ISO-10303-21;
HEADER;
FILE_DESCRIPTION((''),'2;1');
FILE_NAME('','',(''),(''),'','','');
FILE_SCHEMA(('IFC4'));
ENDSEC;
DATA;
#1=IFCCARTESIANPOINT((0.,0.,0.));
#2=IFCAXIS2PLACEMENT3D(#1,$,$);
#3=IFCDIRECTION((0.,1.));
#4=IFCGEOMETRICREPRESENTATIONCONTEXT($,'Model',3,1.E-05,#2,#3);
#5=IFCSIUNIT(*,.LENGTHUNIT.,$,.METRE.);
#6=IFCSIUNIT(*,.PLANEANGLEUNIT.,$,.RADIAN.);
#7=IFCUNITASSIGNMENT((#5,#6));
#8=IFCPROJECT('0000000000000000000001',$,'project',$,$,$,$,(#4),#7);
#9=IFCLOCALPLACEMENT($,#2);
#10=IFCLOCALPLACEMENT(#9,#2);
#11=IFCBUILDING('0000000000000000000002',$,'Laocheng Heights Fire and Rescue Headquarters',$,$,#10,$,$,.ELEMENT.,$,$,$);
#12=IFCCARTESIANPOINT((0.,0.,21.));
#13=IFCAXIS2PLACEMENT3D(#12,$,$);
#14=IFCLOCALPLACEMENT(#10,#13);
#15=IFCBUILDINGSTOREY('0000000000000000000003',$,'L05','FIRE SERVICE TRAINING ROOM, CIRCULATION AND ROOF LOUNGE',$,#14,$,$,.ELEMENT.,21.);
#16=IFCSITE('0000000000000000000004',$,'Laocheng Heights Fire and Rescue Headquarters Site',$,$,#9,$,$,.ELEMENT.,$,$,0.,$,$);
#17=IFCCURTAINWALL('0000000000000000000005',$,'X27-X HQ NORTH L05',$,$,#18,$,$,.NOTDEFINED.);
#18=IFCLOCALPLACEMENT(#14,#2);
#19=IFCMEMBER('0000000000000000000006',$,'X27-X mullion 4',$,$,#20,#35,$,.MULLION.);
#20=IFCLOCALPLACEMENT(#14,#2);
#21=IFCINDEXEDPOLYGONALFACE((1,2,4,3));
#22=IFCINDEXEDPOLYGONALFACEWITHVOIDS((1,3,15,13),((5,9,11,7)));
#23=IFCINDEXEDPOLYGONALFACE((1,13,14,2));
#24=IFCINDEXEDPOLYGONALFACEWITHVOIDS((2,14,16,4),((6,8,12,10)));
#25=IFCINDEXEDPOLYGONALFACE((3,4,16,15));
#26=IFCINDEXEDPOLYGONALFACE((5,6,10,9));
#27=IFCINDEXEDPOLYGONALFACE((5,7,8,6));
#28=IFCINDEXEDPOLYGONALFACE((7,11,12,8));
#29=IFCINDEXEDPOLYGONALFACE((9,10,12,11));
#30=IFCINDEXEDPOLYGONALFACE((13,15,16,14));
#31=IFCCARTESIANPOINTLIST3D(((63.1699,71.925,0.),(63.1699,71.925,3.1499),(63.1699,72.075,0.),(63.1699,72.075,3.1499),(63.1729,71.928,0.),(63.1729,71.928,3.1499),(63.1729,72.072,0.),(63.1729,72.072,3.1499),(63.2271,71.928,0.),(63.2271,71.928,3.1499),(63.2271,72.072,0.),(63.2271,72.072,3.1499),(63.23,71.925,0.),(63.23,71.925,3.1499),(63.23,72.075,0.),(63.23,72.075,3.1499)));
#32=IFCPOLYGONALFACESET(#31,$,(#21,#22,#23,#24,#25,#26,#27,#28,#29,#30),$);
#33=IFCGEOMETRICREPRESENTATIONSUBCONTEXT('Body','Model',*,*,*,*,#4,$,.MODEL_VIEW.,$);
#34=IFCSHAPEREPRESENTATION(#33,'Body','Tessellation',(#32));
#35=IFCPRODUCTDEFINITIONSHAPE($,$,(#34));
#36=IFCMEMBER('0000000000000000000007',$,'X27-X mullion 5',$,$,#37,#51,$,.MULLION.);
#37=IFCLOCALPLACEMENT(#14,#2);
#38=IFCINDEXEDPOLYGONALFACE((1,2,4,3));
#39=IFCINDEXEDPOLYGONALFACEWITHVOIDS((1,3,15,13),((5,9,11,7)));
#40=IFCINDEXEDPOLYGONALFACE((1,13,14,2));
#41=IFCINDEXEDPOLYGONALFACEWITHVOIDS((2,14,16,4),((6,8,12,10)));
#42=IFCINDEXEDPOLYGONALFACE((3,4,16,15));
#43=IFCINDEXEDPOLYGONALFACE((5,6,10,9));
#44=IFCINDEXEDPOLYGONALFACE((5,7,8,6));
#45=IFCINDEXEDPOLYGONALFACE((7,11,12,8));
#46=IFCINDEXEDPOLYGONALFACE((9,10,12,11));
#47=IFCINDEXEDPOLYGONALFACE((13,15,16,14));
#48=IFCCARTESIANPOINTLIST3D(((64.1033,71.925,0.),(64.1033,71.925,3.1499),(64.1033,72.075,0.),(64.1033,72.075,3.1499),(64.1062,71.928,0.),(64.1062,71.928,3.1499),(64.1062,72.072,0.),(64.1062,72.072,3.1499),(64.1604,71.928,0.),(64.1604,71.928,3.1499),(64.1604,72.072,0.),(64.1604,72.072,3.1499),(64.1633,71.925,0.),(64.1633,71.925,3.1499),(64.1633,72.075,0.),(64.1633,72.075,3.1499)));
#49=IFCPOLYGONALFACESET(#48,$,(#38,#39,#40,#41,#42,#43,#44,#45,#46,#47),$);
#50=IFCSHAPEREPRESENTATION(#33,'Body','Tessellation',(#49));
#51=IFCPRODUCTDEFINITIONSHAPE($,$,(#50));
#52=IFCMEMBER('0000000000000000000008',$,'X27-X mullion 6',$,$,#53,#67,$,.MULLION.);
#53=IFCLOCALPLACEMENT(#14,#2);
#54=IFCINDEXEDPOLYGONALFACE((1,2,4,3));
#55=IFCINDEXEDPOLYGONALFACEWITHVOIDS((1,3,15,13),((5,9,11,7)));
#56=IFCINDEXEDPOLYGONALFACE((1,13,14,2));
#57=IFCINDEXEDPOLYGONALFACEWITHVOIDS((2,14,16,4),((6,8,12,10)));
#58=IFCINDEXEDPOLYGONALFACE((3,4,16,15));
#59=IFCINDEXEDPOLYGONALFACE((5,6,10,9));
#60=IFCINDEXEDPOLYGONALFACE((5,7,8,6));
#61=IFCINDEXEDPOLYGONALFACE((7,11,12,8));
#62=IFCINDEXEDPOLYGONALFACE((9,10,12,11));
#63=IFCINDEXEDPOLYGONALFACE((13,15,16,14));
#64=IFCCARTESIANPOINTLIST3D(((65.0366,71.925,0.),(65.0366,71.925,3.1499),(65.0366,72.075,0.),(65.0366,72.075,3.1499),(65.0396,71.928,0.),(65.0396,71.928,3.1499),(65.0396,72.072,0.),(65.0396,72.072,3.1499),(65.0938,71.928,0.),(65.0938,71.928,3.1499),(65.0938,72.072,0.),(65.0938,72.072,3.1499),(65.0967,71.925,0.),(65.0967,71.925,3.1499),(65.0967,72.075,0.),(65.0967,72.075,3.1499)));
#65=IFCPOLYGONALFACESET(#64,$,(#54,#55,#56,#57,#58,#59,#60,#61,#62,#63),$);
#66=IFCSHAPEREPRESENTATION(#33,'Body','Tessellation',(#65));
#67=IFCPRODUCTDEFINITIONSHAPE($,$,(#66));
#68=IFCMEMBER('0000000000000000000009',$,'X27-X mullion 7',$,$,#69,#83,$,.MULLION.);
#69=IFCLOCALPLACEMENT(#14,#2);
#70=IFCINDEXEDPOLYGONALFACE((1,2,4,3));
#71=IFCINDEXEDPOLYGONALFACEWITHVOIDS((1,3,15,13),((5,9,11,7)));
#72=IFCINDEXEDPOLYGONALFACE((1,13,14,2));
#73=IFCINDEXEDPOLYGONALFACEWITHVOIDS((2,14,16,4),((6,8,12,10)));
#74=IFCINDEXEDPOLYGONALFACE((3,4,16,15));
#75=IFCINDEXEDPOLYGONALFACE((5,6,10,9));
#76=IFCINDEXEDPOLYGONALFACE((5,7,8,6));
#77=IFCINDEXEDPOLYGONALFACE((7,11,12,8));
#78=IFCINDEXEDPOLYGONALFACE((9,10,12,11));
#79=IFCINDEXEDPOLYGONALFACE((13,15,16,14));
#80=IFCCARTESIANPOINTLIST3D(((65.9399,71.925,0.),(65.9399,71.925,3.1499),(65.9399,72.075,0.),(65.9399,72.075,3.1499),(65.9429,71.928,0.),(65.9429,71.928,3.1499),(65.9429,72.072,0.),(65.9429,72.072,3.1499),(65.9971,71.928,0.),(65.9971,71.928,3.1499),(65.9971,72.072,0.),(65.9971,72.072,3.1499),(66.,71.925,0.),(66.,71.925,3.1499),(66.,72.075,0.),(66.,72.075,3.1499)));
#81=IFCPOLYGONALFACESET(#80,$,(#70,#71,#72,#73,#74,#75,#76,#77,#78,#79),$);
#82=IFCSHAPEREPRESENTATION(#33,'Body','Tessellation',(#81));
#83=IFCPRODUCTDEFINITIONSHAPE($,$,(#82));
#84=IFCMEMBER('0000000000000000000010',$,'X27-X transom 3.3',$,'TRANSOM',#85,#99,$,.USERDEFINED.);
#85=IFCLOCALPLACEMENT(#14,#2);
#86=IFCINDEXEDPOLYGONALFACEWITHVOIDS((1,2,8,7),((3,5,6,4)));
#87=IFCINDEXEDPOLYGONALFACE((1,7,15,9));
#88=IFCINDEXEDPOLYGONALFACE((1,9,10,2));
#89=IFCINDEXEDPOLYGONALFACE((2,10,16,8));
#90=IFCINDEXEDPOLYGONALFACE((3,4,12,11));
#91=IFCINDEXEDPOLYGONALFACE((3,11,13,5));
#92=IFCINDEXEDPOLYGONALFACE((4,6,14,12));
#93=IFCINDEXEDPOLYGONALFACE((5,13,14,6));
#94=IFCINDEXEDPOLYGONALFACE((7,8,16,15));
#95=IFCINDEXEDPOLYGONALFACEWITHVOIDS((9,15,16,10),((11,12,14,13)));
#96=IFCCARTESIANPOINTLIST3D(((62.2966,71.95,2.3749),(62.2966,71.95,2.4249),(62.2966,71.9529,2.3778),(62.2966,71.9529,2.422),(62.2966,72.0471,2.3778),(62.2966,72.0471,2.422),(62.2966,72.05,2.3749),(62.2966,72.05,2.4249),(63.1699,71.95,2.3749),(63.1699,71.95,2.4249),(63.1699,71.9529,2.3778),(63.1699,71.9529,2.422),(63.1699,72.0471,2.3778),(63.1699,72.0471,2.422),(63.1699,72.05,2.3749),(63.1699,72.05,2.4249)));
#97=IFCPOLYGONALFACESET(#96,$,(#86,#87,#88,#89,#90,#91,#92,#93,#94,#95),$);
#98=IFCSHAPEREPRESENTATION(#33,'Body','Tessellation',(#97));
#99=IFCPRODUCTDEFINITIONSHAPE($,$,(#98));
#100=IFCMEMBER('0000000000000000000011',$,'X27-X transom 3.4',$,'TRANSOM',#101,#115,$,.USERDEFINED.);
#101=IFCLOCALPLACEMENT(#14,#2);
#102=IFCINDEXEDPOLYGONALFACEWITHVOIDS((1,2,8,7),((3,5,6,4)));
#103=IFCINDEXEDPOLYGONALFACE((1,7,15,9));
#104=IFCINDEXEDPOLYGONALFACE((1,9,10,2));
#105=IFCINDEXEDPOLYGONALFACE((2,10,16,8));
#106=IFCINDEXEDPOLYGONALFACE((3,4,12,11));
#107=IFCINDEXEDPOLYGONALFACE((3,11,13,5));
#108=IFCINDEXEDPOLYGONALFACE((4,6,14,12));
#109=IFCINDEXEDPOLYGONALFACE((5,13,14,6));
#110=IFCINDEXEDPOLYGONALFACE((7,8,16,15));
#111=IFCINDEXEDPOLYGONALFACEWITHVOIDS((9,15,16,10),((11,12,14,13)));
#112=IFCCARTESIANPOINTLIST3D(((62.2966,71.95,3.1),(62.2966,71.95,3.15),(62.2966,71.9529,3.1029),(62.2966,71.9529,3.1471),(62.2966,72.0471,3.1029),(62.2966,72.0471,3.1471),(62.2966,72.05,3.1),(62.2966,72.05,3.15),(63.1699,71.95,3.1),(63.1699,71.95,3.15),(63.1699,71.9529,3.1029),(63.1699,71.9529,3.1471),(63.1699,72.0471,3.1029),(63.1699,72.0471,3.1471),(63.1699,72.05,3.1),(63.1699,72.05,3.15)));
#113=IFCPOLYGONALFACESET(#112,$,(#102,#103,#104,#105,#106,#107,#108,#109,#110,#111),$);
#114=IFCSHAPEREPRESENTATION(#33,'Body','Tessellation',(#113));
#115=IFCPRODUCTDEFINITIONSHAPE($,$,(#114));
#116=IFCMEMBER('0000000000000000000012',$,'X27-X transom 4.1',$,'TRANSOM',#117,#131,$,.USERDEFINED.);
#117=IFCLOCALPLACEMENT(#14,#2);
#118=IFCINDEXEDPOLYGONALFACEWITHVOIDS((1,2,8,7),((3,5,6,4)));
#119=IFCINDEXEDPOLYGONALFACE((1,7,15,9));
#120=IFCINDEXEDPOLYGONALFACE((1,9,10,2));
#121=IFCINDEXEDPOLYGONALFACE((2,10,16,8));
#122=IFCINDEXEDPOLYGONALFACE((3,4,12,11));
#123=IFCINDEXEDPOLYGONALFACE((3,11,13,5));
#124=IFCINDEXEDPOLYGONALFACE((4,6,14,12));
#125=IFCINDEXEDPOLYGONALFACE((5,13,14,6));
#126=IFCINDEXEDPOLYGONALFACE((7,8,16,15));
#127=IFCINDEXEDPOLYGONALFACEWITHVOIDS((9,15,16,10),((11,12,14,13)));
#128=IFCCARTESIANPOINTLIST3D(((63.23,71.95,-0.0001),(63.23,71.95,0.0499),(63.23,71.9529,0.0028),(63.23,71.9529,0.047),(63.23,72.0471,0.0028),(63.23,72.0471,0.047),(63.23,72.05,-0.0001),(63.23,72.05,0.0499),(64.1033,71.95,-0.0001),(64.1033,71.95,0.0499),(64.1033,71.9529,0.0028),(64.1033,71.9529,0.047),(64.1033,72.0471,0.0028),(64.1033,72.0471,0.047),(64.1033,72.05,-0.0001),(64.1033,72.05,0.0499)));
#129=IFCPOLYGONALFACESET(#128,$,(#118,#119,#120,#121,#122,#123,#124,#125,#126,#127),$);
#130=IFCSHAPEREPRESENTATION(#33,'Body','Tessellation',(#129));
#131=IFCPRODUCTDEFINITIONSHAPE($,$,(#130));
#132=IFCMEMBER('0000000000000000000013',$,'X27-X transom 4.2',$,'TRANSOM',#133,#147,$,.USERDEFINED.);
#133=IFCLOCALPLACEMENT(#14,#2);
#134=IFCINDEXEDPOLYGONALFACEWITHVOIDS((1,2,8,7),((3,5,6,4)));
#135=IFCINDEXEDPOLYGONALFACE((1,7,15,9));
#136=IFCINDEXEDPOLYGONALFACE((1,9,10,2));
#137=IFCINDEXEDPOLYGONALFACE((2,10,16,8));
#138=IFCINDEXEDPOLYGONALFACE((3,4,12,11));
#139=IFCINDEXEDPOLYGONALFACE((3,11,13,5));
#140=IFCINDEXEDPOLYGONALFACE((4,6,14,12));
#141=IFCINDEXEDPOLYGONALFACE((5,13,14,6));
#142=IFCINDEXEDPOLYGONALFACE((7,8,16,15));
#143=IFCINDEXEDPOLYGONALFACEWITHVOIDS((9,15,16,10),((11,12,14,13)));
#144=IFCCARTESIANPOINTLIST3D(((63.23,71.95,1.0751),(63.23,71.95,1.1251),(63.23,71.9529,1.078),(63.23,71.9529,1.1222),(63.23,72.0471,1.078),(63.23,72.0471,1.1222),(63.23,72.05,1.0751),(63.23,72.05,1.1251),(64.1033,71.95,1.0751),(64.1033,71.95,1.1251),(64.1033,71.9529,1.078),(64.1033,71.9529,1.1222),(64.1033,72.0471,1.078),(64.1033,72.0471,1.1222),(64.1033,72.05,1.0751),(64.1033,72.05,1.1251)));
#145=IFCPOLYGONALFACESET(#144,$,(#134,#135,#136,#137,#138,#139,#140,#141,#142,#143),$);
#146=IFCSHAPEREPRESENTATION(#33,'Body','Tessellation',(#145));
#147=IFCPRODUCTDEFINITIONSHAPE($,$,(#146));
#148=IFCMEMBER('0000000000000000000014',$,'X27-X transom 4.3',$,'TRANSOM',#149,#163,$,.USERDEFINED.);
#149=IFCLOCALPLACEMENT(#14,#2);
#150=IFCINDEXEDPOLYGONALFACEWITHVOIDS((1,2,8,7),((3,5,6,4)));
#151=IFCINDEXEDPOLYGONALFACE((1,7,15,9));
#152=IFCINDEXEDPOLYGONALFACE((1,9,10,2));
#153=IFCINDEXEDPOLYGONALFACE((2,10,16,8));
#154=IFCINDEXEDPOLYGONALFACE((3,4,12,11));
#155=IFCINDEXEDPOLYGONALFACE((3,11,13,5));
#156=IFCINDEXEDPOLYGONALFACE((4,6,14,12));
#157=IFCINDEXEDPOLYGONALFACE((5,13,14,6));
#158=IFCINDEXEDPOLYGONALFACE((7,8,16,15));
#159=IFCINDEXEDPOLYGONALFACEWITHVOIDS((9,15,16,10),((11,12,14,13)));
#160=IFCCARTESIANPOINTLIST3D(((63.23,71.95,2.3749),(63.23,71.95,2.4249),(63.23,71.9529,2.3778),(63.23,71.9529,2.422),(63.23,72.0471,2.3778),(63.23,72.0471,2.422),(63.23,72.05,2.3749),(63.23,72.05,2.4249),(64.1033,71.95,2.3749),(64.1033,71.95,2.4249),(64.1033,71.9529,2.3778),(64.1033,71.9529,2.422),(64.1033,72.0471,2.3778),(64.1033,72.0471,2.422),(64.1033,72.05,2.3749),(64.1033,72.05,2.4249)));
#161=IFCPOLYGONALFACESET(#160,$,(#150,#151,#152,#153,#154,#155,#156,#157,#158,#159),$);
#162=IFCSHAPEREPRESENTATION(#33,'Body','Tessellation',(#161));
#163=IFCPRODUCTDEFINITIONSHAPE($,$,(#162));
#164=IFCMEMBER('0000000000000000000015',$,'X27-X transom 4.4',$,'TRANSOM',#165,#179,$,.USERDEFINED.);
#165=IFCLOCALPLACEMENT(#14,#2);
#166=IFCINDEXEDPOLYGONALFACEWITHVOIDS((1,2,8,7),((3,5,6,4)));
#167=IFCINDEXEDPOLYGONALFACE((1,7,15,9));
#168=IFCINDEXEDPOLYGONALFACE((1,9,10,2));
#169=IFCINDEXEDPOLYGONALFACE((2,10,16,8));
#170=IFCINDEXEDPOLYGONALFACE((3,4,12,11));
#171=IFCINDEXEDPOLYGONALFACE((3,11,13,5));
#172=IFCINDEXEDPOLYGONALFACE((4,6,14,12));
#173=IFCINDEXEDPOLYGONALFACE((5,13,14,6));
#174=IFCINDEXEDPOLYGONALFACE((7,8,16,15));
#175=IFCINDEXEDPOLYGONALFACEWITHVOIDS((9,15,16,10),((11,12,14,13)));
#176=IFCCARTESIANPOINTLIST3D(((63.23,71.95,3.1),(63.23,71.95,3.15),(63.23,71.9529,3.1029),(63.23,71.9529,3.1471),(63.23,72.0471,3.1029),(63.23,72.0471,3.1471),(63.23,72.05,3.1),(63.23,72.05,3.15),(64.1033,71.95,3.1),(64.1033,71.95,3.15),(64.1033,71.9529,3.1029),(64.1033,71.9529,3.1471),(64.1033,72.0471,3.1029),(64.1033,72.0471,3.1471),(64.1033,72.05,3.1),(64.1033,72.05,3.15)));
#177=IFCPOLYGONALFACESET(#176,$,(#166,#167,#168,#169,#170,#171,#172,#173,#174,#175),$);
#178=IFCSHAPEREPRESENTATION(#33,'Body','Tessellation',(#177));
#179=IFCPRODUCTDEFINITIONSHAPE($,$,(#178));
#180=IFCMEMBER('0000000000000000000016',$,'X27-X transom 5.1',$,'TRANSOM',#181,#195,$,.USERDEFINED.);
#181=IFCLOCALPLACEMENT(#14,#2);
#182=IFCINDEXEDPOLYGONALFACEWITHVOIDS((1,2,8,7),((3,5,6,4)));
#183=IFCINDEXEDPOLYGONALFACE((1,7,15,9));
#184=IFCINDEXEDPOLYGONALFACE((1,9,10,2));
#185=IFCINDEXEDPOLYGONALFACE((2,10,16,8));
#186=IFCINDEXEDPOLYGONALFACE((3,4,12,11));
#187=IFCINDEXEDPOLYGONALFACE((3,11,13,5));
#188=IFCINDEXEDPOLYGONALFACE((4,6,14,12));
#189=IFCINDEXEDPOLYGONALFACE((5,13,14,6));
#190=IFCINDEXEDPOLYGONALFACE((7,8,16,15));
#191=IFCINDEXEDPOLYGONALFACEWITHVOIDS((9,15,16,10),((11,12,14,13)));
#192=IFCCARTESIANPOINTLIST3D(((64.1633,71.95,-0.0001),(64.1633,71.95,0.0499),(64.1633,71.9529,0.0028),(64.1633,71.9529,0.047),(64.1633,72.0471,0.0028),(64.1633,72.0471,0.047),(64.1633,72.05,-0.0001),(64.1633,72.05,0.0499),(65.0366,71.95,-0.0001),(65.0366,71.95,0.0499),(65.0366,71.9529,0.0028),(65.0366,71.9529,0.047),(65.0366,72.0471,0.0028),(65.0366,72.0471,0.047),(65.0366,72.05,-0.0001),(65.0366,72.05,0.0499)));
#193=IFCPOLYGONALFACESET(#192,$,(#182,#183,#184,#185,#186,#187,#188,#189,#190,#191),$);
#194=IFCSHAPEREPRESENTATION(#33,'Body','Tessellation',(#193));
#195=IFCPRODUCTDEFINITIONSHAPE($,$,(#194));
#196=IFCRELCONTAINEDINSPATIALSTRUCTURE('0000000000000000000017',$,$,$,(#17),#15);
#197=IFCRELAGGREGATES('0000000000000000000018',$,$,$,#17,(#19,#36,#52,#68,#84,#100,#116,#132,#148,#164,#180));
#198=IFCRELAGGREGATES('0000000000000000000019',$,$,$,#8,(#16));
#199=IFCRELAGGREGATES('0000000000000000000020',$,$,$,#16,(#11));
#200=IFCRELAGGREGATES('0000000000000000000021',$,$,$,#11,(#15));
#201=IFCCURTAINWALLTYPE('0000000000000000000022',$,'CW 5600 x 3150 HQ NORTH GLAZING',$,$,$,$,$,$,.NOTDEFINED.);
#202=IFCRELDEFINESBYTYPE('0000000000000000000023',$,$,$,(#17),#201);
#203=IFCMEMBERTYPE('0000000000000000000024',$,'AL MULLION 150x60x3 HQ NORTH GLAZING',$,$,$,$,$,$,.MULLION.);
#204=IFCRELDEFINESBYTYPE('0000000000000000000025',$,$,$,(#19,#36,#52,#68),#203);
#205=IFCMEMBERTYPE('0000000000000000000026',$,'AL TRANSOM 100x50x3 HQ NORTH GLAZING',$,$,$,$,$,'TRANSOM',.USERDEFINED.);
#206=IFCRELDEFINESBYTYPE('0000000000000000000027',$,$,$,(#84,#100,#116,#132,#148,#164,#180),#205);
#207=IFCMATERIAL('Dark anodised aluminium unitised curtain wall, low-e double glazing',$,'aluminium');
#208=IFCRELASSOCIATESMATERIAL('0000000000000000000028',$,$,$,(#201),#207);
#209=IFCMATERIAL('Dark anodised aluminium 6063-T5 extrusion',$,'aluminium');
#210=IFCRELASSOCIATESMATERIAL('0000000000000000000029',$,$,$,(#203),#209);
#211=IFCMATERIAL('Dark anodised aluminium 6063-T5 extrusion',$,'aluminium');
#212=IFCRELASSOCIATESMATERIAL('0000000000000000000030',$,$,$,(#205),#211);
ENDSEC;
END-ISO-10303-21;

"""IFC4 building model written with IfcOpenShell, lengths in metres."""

from ifc_helpers import new_model, si_unit, direction, frame, origin, origin_2d, place, context, subcontext, project, spatial, hollow_rectangle, extrude, material, material_profile, profile_set, type_object, element, aggregate, save


model = new_model("IFC4")

# Units and contexts
model_context = context("Model", 3, precision=1e-05, world=origin(), true_north=direction((0.0, 1.0)))
body_context = subcontext(model_context, "Body", "Model", "MODEL_VIEW")
ifc_project = project(units=[si_unit("LENGTHUNIT", "METRE"), si_unit("PLANEANGLEUNIT", "RADIAN")], contexts=[model_context])

# Site, building, storey
site_placement = place(None, origin())
site = spatial("IfcSite", under=ifc_project, at=site_placement, Name="Laocheng Heights Fire and Rescue Headquarters Site", CompositionType="ELEMENT", RefElevation=0.0)
building_placement = place(site_placement, origin())
building = spatial("IfcBuilding", under=site, at=building_placement, Name="Laocheng Heights Fire and Rescue Headquarters", CompositionType="ELEMENT")
storey_placement = place(building_placement, frame((0.0, 0.0, 21.0)))
storey = spatial("IfcBuildingStorey", under=building, at=storey_placement, Name="L05", Description="FIRE SERVICE TRAINING ROOM, CIRCULATION AND ROOF LOUNGE", CompositionType="ELEMENT", Elevation=21.0)

# Curtain wall, members
ifc_material_1 = material(Name="Dark anodised aluminium unitised curtain wall, low-e double glazing", Category="aluminium")
curtain_wall_type = type_object("IfcCurtainWallType", Name="CW 5600 x 3150 HQ NORTH GLAZING", PredefinedType="NOTDEFINED", material=ifc_material_1)
curtain_wall_placement = place(storey_placement, origin())
curtain_wall = element("IfcCurtainWall", 1, at=curtain_wall_placement, inside=storey, type_object=curtain_wall_type, Name="X27-X HQ NORTH L05", PredefinedType="NOTDEFINED")
ifc_material_2 = material(Name="Dark anodised aluminium 6063-T5 extrusion", Category="aluminium")
ifc_material_profile_1 = material_profile(ifc_material_2, hollow_rectangle(XDim=0.1499, YDim=0.0601, WallThickness=0.0029, at=origin_2d()), Name="AL MULLION 150x60x3 HQ NORTH GLAZING")
ifc_profile_set_1 = profile_set([ifc_material_profile_1], Name="Dark anodised aluminium 6063-T5 extrusion")
member_type_1 = type_object("IfcMemberType", Name="AL MULLION 150x60x3 HQ NORTH GLAZING", PredefinedType="MULLION", material=ifc_profile_set_1)
member_1_placement = place(storey_placement, frame((63.2, 72.0, 0.0), z_axis=(0.0, 0.0, 1.0), x_axis=(0.0, 1.0, 0.0)))
member_1 = element("IfcMember", 2, at=member_1_placement, type_object=member_type_1, Name="X27-X mullion 4", PredefinedType="MULLION", context=body_context, shape_type="SweptSolid", body=[
    extrude(hollow_rectangle(XDim=0.1499, YDim=0.0601, WallThickness=0.0029, at=origin_2d()), origin(), (0.0, 0.0, 1.0), 3.1499),
])
member_2_placement = place(storey_placement, frame((64.1333, 72.0, 0.0), z_axis=(0.0, 0.0, 1.0), x_axis=(0.0, 1.0, 0.0)))
member_2 = element("IfcMember", 3, at=member_2_placement, type_object=member_type_1, Name="X27-X mullion 5", PredefinedType="MULLION", context=body_context, shape_type="SweptSolid", body=[
    extrude(hollow_rectangle(XDim=0.1499, YDim=0.0601, WallThickness=0.0029, at=origin_2d()), origin(), (0.0, 0.0, 1.0), 3.1499),
])
member_3_placement = place(storey_placement, frame((65.0667, 72.0, 0.0), z_axis=(0.0, 0.0, 1.0), x_axis=(0.0, 1.0, 0.0)))
member_3 = element("IfcMember", 4, at=member_3_placement, type_object=member_type_1, Name="X27-X mullion 6", PredefinedType="MULLION", context=body_context, shape_type="SweptSolid", body=[
    extrude(hollow_rectangle(XDim=0.1499, YDim=0.0601, WallThickness=0.0029, at=origin_2d()), origin(), (0.0, 0.0, 1.0), 3.1499),
])
member_4_placement = place(storey_placement, frame((65.97, 72.0, 0.0), z_axis=(0.0, 0.0, 1.0), x_axis=(0.0, 1.0, 0.0)))
member_4 = element("IfcMember", 5, at=member_4_placement, type_object=member_type_1, Name="X27-X mullion 7", PredefinedType="MULLION", context=body_context, shape_type="SweptSolid", body=[
    extrude(hollow_rectangle(XDim=0.1499, YDim=0.0601, WallThickness=0.0029, at=origin_2d()), origin(), (0.0, 0.0, 1.0), 3.1499),
])
ifc_material_3 = material(Name="Dark anodised aluminium 6063-T5 extrusion", Category="aluminium")
ifc_material_profile_2 = material_profile(ifc_material_3, hollow_rectangle(XDim=0.1001, YDim=0.05, WallThickness=0.0029, at=origin_2d()), Name="AL TRANSOM 100x50x3 HQ NORTH GLAZING")
ifc_profile_set_2 = profile_set([ifc_material_profile_2], Name="Dark anodised aluminium 6063-T5 extrusion")
member_type_2 = type_object("IfcMemberType", Name="AL TRANSOM 100x50x3 HQ NORTH GLAZING", ElementType="TRANSOM", PredefinedType="USERDEFINED", material=ifc_profile_set_2)
member_5_placement = place(storey_placement, frame((62.2966, 72.0, 2.3999), z_axis=(1.0, 0.0, 0.0), x_axis=(0.0, 1.0, 0.0)))
member_5 = element("IfcMember", 6, at=member_5_placement, type_object=member_type_2, Name="X27-X transom 3.3", ObjectType="TRANSOM", PredefinedType="USERDEFINED", context=body_context, shape_type="SweptSolid", body=[
    extrude(hollow_rectangle(XDim=0.1001, YDim=0.05, WallThickness=0.0029, at=origin_2d()), origin(), (0.0, 0.0, 1.0), 0.8733),
])
member_6_placement = place(storey_placement, frame((62.2966, 72.0, 3.125), z_axis=(1.0, 0.0, 0.0), x_axis=(0.0, 1.0, 0.0)))
member_6 = element("IfcMember", 7, at=member_6_placement, type_object=member_type_2, Name="X27-X transom 3.4", ObjectType="TRANSOM", PredefinedType="USERDEFINED", context=body_context, shape_type="SweptSolid", body=[
    extrude(hollow_rectangle(XDim=0.1001, YDim=0.05, WallThickness=0.0029, at=origin_2d()), origin(), (0.0, 0.0, 1.0), 0.8733),
])
member_7_placement = place(storey_placement, frame((63.23, 72.0, 0.0249), z_axis=(1.0, 0.0, 0.0), x_axis=(0.0, 1.0, 0.0)))
member_7 = element("IfcMember", 8, at=member_7_placement, type_object=member_type_2, Name="X27-X transom 4.1", ObjectType="TRANSOM", PredefinedType="USERDEFINED", context=body_context, shape_type="SweptSolid", body=[
    extrude(hollow_rectangle(XDim=0.1001, YDim=0.05, WallThickness=0.0029, at=origin_2d()), origin(), (0.0, 0.0, 1.0), 0.8733),
])
member_8_placement = place(storey_placement, frame((63.23, 72.0, 1.1001), z_axis=(1.0, 0.0, 0.0), x_axis=(0.0, 1.0, 0.0)))
member_8 = element("IfcMember", 9, at=member_8_placement, type_object=member_type_2, Name="X27-X transom 4.2", ObjectType="TRANSOM", PredefinedType="USERDEFINED", context=body_context, shape_type="SweptSolid", body=[
    extrude(hollow_rectangle(XDim=0.1001, YDim=0.05, WallThickness=0.0029, at=origin_2d()), origin(), (0.0, 0.0, 1.0), 0.8733),
])
member_9_placement = place(storey_placement, frame((63.23, 72.0, 2.3999), z_axis=(1.0, 0.0, 0.0), x_axis=(0.0, 1.0, 0.0)))
member_9 = element("IfcMember", 10, at=member_9_placement, type_object=member_type_2, Name="X27-X transom 4.3", ObjectType="TRANSOM", PredefinedType="USERDEFINED", context=body_context, shape_type="SweptSolid", body=[
    extrude(hollow_rectangle(XDim=0.1001, YDim=0.05, WallThickness=0.0029, at=origin_2d()), origin(), (0.0, 0.0, 1.0), 0.8733),
])
member_10_placement = place(storey_placement, frame((63.23, 72.0, 3.125), z_axis=(1.0, 0.0, 0.0), x_axis=(0.0, 1.0, 0.0)))
member_10 = element("IfcMember", 11, at=member_10_placement, type_object=member_type_2, Name="X27-X transom 4.4", ObjectType="TRANSOM", PredefinedType="USERDEFINED", context=body_context, shape_type="SweptSolid", body=[
    extrude(hollow_rectangle(XDim=0.1001, YDim=0.05, WallThickness=0.0029, at=origin_2d()), origin(), (0.0, 0.0, 1.0), 0.8733),
])
member_11_placement = place(storey_placement, frame((64.1633, 72.0, 0.0249), z_axis=(1.0, 0.0, 0.0), x_axis=(0.0, 1.0, 0.0)))
member_11 = element("IfcMember", 12, at=member_11_placement, type_object=member_type_2, Name="X27-X transom 5.1", ObjectType="TRANSOM", PredefinedType="USERDEFINED", context=body_context, shape_type="SweptSolid", body=[
    extrude(hollow_rectangle(XDim=0.1001, YDim=0.05, WallThickness=0.0029, at=origin_2d()), origin(), (0.0, 0.0, 1.0), 0.8733),
])
aggregate(curtain_wall, [member_1, member_2, member_3, member_4, member_5, member_6, member_7, member_8, member_9, member_10, member_11])

save(model, "model.ifc")
